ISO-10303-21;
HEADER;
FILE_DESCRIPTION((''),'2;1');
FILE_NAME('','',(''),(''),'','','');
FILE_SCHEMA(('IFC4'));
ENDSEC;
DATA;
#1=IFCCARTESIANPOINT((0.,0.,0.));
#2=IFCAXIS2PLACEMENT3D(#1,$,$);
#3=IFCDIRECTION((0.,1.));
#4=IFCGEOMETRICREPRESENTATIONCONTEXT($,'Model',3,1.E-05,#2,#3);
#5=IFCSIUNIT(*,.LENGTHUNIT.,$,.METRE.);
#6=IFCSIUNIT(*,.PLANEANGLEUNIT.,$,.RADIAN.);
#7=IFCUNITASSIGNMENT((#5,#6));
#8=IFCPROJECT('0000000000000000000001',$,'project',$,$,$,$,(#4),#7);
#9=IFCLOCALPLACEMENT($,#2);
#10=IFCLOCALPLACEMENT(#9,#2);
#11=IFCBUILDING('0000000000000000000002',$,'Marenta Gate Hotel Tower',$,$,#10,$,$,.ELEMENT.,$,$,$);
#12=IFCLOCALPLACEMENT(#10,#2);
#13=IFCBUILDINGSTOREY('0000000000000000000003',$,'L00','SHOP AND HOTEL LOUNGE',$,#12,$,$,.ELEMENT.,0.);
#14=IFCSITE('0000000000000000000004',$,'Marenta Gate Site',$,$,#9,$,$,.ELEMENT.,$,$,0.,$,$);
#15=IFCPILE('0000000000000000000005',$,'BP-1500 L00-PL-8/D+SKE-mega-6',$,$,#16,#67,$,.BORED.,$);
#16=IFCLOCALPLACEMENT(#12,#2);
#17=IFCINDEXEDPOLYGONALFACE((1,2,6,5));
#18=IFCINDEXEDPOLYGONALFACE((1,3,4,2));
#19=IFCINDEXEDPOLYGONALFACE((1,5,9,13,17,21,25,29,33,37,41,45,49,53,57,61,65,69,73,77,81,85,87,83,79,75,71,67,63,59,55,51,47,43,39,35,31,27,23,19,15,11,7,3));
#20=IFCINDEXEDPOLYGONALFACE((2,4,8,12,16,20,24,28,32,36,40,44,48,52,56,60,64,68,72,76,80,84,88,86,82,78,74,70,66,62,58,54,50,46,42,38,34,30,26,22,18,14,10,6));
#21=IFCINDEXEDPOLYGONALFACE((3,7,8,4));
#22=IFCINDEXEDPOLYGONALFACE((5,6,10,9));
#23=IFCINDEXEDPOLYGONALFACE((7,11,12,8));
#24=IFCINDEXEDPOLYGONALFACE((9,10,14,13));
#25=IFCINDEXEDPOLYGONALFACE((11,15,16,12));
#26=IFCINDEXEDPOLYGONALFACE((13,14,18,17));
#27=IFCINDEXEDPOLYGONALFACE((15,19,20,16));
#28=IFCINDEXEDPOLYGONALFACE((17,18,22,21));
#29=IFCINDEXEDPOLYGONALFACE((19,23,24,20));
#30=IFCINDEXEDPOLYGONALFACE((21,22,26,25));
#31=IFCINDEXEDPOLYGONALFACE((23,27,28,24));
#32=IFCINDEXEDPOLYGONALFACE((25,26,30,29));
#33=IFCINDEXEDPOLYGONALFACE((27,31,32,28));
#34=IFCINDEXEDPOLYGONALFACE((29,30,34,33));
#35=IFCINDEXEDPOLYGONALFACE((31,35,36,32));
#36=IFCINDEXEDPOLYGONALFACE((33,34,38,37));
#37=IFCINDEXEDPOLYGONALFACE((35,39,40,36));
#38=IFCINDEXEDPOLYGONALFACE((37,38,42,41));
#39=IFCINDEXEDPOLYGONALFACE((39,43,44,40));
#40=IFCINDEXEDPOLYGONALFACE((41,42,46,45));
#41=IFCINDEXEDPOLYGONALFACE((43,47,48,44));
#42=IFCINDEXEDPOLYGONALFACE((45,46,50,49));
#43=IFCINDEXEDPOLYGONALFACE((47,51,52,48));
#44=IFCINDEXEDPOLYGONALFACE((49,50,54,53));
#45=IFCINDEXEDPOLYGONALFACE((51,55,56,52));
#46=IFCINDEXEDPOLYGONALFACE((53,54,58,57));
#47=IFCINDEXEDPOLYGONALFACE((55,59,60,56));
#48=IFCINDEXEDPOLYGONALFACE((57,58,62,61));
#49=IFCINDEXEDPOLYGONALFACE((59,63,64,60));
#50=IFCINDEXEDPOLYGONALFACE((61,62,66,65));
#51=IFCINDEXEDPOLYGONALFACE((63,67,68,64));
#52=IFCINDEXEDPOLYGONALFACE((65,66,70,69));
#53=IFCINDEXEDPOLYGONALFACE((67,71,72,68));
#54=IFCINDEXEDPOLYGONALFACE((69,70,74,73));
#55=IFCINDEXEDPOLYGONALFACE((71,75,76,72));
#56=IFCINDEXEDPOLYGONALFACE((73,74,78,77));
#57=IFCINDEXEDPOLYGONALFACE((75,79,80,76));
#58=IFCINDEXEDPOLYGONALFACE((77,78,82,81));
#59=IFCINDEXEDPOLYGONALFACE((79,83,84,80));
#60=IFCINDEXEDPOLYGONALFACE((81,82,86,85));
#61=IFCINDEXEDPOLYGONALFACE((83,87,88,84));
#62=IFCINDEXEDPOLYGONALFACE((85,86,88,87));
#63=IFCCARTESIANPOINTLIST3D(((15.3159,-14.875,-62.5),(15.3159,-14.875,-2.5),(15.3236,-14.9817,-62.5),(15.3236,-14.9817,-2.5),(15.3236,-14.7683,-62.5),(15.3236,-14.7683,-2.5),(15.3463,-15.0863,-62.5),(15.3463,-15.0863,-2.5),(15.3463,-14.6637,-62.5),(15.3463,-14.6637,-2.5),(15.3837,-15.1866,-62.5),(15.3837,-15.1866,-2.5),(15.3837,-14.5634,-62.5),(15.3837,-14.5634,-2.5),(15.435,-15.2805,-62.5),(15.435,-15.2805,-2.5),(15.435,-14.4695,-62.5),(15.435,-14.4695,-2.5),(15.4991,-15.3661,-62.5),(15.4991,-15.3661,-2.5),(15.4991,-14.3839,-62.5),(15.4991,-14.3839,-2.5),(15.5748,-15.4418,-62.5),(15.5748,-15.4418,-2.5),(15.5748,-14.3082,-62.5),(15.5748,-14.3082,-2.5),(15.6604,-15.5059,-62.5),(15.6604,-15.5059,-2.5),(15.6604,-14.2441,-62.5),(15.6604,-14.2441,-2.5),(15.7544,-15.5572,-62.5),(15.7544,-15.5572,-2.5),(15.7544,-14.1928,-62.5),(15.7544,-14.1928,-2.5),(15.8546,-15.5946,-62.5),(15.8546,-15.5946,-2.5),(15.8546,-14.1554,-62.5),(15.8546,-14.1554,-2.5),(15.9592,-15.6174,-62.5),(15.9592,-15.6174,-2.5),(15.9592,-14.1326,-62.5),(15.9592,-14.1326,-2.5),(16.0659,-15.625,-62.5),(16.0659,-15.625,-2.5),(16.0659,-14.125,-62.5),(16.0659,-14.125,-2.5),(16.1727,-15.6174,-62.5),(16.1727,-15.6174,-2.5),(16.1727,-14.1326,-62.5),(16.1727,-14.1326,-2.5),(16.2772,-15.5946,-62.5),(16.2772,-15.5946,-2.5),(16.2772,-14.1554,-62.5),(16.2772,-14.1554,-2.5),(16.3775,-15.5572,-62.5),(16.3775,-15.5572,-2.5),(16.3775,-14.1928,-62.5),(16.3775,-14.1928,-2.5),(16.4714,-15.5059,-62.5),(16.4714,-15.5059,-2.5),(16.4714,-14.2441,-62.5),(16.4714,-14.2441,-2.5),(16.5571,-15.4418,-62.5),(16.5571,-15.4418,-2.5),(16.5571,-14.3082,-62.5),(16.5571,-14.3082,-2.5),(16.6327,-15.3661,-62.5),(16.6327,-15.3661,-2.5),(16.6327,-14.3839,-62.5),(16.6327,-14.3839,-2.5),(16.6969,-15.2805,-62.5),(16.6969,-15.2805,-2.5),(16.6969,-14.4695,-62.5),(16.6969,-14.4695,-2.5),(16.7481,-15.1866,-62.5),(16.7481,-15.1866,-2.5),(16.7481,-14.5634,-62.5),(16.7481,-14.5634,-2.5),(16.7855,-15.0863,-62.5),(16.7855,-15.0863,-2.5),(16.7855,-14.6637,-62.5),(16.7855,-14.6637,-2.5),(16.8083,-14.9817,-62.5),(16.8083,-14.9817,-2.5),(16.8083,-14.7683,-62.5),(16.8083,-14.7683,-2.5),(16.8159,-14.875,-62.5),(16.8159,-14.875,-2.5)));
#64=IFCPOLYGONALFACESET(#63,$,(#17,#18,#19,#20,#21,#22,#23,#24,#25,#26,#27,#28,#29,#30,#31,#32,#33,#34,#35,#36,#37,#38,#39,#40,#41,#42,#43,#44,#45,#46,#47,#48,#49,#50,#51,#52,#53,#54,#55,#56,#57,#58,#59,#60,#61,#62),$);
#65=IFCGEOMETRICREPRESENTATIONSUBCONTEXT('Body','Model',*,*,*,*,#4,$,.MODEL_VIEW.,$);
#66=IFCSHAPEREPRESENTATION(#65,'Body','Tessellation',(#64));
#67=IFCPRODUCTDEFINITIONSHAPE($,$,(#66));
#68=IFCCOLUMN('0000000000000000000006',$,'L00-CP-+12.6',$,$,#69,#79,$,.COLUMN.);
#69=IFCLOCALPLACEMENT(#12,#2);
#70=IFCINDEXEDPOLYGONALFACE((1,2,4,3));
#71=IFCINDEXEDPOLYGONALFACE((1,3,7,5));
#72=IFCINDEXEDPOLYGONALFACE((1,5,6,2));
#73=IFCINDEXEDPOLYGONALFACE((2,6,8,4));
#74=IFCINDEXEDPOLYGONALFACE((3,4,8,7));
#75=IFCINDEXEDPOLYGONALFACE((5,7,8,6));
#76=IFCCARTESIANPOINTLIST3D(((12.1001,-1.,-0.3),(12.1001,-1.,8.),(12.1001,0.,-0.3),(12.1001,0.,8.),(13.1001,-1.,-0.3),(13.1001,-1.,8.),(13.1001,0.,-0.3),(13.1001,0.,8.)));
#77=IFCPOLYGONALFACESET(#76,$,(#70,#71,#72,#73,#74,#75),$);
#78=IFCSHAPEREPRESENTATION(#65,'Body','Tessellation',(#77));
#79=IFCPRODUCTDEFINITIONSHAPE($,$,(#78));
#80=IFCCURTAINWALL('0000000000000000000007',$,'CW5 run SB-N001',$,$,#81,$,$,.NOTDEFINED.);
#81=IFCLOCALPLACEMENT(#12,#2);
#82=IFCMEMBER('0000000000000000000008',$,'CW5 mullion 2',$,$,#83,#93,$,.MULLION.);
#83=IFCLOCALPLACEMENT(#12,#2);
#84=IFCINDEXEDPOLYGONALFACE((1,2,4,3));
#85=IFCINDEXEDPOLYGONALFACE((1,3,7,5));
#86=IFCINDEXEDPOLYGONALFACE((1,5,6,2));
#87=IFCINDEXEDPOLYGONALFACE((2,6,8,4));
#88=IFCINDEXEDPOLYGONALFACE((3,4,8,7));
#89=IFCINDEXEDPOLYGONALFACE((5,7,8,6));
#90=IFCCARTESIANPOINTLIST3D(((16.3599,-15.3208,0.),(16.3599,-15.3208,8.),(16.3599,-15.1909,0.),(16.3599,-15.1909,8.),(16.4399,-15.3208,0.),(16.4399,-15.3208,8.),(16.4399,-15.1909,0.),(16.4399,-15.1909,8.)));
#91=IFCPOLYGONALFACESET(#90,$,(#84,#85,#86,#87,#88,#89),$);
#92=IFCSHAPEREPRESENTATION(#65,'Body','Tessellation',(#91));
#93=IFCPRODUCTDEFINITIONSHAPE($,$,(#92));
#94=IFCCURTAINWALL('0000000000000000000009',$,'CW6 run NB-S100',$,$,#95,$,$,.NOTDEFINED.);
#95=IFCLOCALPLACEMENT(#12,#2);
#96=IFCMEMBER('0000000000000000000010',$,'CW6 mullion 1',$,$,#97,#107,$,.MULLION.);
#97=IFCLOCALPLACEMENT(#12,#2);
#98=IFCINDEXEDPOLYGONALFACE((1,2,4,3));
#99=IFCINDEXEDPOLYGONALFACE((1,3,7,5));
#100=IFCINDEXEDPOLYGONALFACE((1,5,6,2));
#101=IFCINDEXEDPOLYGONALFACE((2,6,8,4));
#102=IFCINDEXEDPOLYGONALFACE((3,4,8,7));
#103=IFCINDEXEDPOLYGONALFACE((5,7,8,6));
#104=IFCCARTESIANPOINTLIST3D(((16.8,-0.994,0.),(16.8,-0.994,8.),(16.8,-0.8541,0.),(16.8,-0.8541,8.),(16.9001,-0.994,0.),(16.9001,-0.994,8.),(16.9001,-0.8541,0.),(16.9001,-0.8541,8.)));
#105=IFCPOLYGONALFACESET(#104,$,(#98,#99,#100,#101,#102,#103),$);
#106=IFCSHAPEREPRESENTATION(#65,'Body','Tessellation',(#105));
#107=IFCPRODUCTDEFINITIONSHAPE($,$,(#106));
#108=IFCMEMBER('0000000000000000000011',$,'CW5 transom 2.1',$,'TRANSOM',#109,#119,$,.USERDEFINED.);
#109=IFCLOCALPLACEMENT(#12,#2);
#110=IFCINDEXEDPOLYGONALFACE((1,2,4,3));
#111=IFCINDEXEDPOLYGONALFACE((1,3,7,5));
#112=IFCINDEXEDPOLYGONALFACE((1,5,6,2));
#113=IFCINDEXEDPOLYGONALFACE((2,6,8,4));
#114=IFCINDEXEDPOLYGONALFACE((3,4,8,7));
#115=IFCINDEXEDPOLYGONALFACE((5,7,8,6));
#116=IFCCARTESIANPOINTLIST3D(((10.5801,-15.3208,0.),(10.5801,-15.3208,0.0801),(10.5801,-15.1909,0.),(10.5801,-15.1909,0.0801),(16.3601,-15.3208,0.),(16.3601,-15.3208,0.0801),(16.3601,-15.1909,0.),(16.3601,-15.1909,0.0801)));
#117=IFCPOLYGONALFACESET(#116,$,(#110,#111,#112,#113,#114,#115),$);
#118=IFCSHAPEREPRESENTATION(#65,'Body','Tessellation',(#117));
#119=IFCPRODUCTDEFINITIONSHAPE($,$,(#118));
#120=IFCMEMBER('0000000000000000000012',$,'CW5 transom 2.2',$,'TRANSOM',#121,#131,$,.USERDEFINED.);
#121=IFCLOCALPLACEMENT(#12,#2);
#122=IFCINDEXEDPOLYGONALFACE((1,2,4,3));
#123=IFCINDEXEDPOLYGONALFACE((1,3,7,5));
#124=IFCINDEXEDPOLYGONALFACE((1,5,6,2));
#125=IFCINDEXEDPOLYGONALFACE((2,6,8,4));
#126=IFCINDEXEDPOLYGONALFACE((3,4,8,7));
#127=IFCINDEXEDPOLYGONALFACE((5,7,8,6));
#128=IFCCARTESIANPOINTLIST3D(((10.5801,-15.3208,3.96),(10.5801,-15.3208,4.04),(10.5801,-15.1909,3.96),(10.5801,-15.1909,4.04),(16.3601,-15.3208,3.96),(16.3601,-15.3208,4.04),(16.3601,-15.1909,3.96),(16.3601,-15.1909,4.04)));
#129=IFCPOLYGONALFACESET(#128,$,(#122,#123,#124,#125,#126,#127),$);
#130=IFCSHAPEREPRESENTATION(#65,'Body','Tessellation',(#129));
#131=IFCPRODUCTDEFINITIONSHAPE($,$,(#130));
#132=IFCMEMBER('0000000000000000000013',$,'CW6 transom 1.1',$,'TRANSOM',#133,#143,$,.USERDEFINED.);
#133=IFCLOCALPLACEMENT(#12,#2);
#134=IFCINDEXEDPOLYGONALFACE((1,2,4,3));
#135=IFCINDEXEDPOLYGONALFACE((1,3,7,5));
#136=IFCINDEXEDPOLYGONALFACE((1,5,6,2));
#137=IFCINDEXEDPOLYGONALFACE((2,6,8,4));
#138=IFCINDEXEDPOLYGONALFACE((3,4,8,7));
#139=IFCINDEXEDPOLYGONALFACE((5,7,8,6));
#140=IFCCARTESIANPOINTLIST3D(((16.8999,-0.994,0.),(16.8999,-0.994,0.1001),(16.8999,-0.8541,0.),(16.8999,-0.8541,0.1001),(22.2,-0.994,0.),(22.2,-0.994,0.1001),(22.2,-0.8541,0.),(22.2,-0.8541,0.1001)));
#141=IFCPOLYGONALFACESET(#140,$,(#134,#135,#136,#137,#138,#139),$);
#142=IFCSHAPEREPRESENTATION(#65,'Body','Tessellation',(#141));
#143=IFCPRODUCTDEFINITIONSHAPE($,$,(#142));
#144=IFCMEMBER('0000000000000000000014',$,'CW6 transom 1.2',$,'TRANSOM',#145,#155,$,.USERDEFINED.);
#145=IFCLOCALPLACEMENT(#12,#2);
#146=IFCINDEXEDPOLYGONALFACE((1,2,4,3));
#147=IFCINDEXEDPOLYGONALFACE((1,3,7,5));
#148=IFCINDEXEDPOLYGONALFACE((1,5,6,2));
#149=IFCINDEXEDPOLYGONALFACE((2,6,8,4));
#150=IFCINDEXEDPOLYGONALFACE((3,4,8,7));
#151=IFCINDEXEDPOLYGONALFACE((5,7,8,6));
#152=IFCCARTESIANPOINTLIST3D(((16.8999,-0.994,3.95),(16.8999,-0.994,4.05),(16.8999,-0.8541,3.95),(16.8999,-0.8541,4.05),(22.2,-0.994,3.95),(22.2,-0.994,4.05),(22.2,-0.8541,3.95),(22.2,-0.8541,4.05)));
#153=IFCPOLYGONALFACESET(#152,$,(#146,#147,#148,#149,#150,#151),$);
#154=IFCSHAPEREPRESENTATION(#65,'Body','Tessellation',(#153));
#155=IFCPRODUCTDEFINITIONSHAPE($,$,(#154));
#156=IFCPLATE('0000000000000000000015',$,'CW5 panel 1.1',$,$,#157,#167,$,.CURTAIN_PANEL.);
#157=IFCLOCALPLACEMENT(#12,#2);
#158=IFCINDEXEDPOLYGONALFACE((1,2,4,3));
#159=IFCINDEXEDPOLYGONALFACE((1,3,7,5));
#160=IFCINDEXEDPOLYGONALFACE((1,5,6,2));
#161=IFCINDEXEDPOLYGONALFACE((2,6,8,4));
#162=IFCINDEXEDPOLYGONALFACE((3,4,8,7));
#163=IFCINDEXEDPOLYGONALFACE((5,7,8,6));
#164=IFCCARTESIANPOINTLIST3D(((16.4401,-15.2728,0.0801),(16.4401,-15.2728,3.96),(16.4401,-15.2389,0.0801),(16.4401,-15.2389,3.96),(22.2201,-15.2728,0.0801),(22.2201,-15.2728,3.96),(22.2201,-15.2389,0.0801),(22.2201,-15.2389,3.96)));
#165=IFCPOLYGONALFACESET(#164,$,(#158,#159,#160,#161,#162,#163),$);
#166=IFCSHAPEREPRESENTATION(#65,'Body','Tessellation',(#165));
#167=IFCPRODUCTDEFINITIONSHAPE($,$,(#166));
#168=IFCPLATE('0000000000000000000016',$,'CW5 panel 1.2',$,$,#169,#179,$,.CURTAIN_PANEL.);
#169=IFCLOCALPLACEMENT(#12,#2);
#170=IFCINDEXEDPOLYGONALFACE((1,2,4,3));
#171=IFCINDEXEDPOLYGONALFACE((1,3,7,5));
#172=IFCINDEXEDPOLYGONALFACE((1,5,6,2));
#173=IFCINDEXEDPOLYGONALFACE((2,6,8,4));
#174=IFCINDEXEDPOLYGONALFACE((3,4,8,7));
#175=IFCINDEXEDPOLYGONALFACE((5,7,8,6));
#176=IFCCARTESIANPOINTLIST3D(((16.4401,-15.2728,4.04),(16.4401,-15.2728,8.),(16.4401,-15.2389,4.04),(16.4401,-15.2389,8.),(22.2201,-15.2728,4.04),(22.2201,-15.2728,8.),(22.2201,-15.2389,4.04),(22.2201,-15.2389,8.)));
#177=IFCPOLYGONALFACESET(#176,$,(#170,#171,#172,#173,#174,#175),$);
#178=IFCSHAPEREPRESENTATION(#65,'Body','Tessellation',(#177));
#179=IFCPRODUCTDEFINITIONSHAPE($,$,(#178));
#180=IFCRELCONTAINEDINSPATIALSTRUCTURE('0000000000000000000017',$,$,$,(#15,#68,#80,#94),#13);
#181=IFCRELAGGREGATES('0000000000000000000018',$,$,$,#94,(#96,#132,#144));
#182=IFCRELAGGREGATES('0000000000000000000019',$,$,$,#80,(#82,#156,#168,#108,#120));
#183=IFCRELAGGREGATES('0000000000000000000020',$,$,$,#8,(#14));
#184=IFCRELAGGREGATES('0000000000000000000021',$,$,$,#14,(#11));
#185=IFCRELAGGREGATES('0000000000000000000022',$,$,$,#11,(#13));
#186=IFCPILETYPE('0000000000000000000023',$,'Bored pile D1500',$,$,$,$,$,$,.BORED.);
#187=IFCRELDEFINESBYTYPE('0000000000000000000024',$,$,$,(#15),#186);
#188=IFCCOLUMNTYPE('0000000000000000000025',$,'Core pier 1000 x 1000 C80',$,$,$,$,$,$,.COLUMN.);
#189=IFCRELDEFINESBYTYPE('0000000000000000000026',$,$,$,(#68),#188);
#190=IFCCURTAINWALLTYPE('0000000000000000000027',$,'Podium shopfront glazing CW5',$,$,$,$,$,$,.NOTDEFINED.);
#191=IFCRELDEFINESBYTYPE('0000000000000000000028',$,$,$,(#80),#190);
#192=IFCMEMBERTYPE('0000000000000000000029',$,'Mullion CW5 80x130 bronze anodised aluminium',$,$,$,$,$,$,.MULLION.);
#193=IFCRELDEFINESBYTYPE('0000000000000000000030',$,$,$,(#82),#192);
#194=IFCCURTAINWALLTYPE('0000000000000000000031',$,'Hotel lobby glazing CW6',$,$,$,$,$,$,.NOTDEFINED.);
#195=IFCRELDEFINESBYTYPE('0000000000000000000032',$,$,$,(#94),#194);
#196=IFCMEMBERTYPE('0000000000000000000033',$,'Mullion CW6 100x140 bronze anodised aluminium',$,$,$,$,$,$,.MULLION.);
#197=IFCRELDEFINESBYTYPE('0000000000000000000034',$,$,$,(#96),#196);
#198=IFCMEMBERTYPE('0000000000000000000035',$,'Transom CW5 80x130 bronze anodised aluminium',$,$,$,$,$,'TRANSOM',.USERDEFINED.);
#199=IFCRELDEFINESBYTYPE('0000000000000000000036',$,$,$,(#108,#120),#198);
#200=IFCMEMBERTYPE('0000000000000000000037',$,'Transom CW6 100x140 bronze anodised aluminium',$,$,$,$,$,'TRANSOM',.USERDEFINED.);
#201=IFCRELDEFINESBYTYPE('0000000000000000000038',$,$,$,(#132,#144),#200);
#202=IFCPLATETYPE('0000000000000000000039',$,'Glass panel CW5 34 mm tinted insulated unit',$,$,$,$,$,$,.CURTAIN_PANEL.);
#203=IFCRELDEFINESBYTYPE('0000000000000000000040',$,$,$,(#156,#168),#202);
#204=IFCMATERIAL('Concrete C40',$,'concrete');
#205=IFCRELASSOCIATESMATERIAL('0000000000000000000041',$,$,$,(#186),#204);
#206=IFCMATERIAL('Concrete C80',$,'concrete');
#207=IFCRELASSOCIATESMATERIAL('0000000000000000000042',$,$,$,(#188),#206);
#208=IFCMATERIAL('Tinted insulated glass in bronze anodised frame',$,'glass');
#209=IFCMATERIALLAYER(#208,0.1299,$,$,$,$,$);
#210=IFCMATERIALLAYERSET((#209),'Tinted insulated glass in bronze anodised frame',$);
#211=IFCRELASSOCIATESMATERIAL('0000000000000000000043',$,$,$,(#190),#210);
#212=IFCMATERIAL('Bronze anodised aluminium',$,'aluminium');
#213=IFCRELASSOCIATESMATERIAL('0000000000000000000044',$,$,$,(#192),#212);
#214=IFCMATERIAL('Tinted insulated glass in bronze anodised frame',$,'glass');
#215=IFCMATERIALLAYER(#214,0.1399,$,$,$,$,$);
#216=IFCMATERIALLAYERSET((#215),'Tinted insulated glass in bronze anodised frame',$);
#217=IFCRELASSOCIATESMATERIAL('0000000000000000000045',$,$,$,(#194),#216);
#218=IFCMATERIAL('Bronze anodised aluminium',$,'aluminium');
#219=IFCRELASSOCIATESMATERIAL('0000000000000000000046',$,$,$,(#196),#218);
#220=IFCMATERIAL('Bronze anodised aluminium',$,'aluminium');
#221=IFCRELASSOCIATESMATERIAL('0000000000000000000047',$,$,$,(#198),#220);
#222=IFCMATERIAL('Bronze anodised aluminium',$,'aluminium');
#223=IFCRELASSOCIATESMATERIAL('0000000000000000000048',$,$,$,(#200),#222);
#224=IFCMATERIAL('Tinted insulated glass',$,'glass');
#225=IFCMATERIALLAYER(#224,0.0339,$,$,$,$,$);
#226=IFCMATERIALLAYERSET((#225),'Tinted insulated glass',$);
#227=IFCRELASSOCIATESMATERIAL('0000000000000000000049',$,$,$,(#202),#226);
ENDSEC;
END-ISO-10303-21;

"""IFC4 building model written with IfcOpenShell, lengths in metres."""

from ifc_helpers import new_model, si_unit, direction, frame, origin, origin_2d, place, context, subcontext, project, spatial, rectangle, circle, extrude, material, layer, layer_set, material_profile, profile_set, type_object, element, aggregate, save


model = new_model("IFC4")

# Units and contexts
model_context = context("Model", 3, precision=1e-05, world=origin(), true_north=direction((0.0, 1.0)))
body_context = subcontext(model_context, "Body", "Model", "MODEL_VIEW")
ifc_project = project(units=[si_unit("LENGTHUNIT", "METRE"), si_unit("PLANEANGLEUNIT", "RADIAN")], contexts=[model_context])

# Site, building, storey
site_placement = place(None, origin())
site = spatial("IfcSite", under=ifc_project, at=site_placement, Name="Marenta Gate Site", CompositionType="ELEMENT", RefElevation=0.0)
building_placement = place(site_placement, origin())
building = spatial("IfcBuilding", under=site, at=building_placement, Name="Marenta Gate Hotel Tower", CompositionType="ELEMENT")
storey_placement = place(building_placement, origin())
storey = spatial("IfcBuildingStorey", under=building, at=storey_placement, Name="L00", Description="SHOP AND HOTEL LOUNGE", CompositionType="ELEMENT", Elevation=0.0)

# Pile
ifc_material_1 = material(Name="Concrete C40", Category="concrete")
pile_type = type_object("IfcPileType", Name="Bored pile D1500", PredefinedType="BORED", material=ifc_material_1)
for number, where, z_axis, x_axis, name in (
    (1, (16.0659, -14.875, -2.5), (0.0, 0.0, -1.0), (1.0, 0.0, 0.0), "BP-1500 L00-PL-8/D+SKE-mega-6"),
):
    element("IfcPile", number, at=place(storey_placement, frame(where, z_axis=z_axis, x_axis=x_axis)), inside=storey, type_object=pile_type, Name=name, PredefinedType="BORED", context=body_context, shape_type="SweptSolid", body=[
        extrude(circle(Radius=0.75, at=origin_2d()), origin(), (0.0, 0.0, 1.0), 60.0),
    ])

# Column
ifc_material_2 = material(Name="Concrete C80", Category="concrete")
ifc_material_profile_1 = material_profile(ifc_material_2, rectangle(XDim=1.0, YDim=1.0, at=origin_2d()), Name="1000 x 1000")
ifc_profile_set_1 = profile_set([ifc_material_profile_1], Name="Concrete C80")
column_type = type_object("IfcColumnType", Name="Core pier 1000 x 1000 C80", PredefinedType="COLUMN", material=ifc_profile_set_1)
column_placement = place(storey_placement, frame((12.6001, -0.5, -0.3), z_axis=(0.0, 0.0, 1.0), x_axis=(1.0, 0.0, 0.0)))
element("IfcColumn", 2, at=column_placement, inside=storey, type_object=column_type, Name="L00-CP-+12.6", PredefinedType="COLUMN", context=body_context, shape_type="SweptSolid", body=[
    extrude(rectangle(XDim=1.0, YDim=1.0, at=origin_2d()), origin(), (0.0, 0.0, 1.0), 8.3),
])

# Curtain walls, members
ifc_material_3 = material(Name="Tinted insulated glass in bronze anodised frame", Category="glass")
ifc_layer_1 = layer(ifc_material_3, 0.1299)
ifc_layer_set_1 = layer_set([ifc_layer_1], Name="Tinted insulated glass in bronze anodised frame")
curtain_wall_type_1 = type_object("IfcCurtainWallType", Name="Podium shopfront glazing CW5", PredefinedType="NOTDEFINED", material=ifc_layer_set_1)
curtain_wall_1_placement = place(storey_placement, origin())
curtain_wall_1 = element("IfcCurtainWall", 3, at=curtain_wall_1_placement, inside=storey, type_object=curtain_wall_type_1, Name="CW5 run SB-N001", PredefinedType="NOTDEFINED")
ifc_material_4 = material(Name="Bronze anodised aluminium", Category="aluminium")
ifc_material_profile_2 = material_profile(ifc_material_4, rectangle(XDim=0.1299, YDim=0.0801, at=origin_2d()), Name="Mullion CW5 80x130 bronze anodised aluminium")
ifc_profile_set_2 = profile_set([ifc_material_profile_2], Name="Bronze anodised aluminium")
member_type_1 = type_object("IfcMemberType", Name="Mullion CW5 80x130 bronze anodised aluminium", PredefinedType="MULLION", material=ifc_profile_set_2)
member_1_placement = place(storey_placement, frame((16.3999, -15.2559, 0.0), z_axis=(0.0, 0.0, 1.0), x_axis=(0.0, -1.0, 0.0)))
member_1 = element("IfcMember", 4, at=member_1_placement, type_object=member_type_1, Name="CW5 mullion 2", PredefinedType="MULLION", context=body_context, shape_type="SweptSolid", body=[
    extrude(rectangle(XDim=0.1299, YDim=0.0801, at=origin_2d()), origin(), (0.0, 0.0, 1.0), 8.0),
])
ifc_material_5 = material(Name="Tinted insulated glass in bronze anodised frame", Category="glass")
ifc_layer_2 = layer(ifc_material_5, 0.1399)
ifc_layer_set_2 = layer_set([ifc_layer_2], Name="Tinted insulated glass in bronze anodised frame")
curtain_wall_type_2 = type_object("IfcCurtainWallType", Name="Hotel lobby glazing CW6", PredefinedType="NOTDEFINED", material=ifc_layer_set_2)
curtain_wall_2_placement = place(storey_placement, origin())
curtain_wall_2 = element("IfcCurtainWall", 5, at=curtain_wall_2_placement, inside=storey, type_object=curtain_wall_type_2, Name="CW6 run NB-S100", PredefinedType="NOTDEFINED")
ifc_material_6 = material(Name="Bronze anodised aluminium", Category="aluminium")
ifc_material_profile_3 = material_profile(ifc_material_6, rectangle(XDim=0.1399, YDim=0.1001, at=origin_2d()), Name="Mullion CW6 100x140 bronze anodised aluminium")
ifc_profile_set_3 = profile_set([ifc_material_profile_3], Name="Bronze anodised aluminium")
member_type_2 = type_object("IfcMemberType", Name="Mullion CW6 100x140 bronze anodised aluminium", PredefinedType="MULLION", material=ifc_profile_set_3)
member_2_placement = place(storey_placement, frame((16.8501, -0.9241, 0.0), z_axis=(0.0, 0.0, 1.0), x_axis=(0.0, 1.0, 0.0)))
member_2 = element("IfcMember", 6, at=member_2_placement, type_object=member_type_2, Name="CW6 mullion 1", PredefinedType="MULLION", context=body_context, shape_type="SweptSolid", body=[
    extrude(rectangle(XDim=0.1399, YDim=0.1001, at=origin_2d()), origin(), (0.0, 0.0, 1.0), 8.0),
])

# Members
ifc_material_7 = material(Name="Bronze anodised aluminium", Category="aluminium")
ifc_material_profile_4 = material_profile(ifc_material_7, rectangle(XDim=0.1299, YDim=0.0801, at=origin_2d()), Name="Transom CW5 80x130 bronze anodised aluminium")
ifc_profile_set_4 = profile_set([ifc_material_profile_4], Name="Bronze anodised aluminium")
member_type_3 = type_object("IfcMemberType", Name="Transom CW5 80x130 bronze anodised aluminium", ElementType="TRANSOM", PredefinedType="USERDEFINED", material=ifc_profile_set_4)
member_3_placement = place(storey_placement, frame((16.3601, -15.2559, 0.04), z_axis=(-1.0, 0.0, 0.0), x_axis=(0.0, -1.0, 0.0)))
member_3 = element("IfcMember", 7, at=member_3_placement, type_object=member_type_3, Name="CW5 transom 2.1", ObjectType="TRANSOM", PredefinedType="USERDEFINED", context=body_context, shape_type="SweptSolid", body=[
    extrude(rectangle(XDim=0.1299, YDim=0.0801, at=origin_2d()), origin(), (0.0, 0.0, 1.0), 5.78),
])
member_4_placement = place(storey_placement, frame((16.3601, -15.2559, 4.0), z_axis=(-1.0, 0.0, 0.0), x_axis=(0.0, -1.0, 0.0)))
member_4 = element("IfcMember", 8, at=member_4_placement, type_object=member_type_3, Name="CW5 transom 2.2", ObjectType="TRANSOM", PredefinedType="USERDEFINED", context=body_context, shape_type="SweptSolid", body=[
    extrude(rectangle(XDim=0.1299, YDim=0.0801, at=origin_2d()), origin(), (0.0, 0.0, 1.0), 5.78),
])
ifc_material_8 = material(Name="Bronze anodised aluminium", Category="aluminium")
ifc_material_profile_5 = material_profile(ifc_material_8, rectangle(XDim=0.1399, YDim=0.1001, at=origin_2d()), Name="Transom CW6 100x140 bronze anodised aluminium")
ifc_profile_set_5 = profile_set([ifc_material_profile_5], Name="Bronze anodised aluminium")
member_type_4 = type_object("IfcMemberType", Name="Transom CW6 100x140 bronze anodised aluminium", ElementType="TRANSOM", PredefinedType="USERDEFINED", material=ifc_profile_set_5)
member_5_placement = place(storey_placement, frame((16.8999, -0.9241, 0.05), z_axis=(1.0, 0.0, 0.0), x_axis=(0.0, 1.0, 0.0)))
member_5 = element("IfcMember", 9, at=member_5_placement, type_object=member_type_4, Name="CW6 transom 1.1", ObjectType="TRANSOM", PredefinedType="USERDEFINED", context=body_context, shape_type="SweptSolid", body=[
    extrude(rectangle(XDim=0.1399, YDim=0.1001, at=origin_2d()), origin(), (0.0, 0.0, 1.0), 5.3),
])
member_6_placement = place(storey_placement, frame((16.8999, -0.9241, 4.0), z_axis=(1.0, 0.0, 0.0), x_axis=(0.0, 1.0, 0.0)))
member_6 = element("IfcMember", 10, at=member_6_placement, type_object=member_type_4, Name="CW6 transom 1.2", ObjectType="TRANSOM", PredefinedType="USERDEFINED", context=body_context, shape_type="SweptSolid", body=[
    extrude(rectangle(XDim=0.1399, YDim=0.1001, at=origin_2d()), origin(), (0.0, 0.0, 1.0), 5.3),
])
aggregate(curtain_wall_2, [member_2, member_5, member_6])

# Plates
ifc_material_9 = material(Name="Tinted insulated glass", Category="glass")
ifc_layer_3 = layer(ifc_material_9, 0.0339)
ifc_layer_set_3 = layer_set([ifc_layer_3], Name="Tinted insulated glass")
plate_type = type_object("IfcPlateType", Name="Glass panel CW5 34 mm tinted insulated unit", PredefinedType="CURTAIN_PANEL", material=ifc_layer_set_3)
plate_1_placement = place(storey_placement, frame((19.3301, -15.2559, 0.0801), z_axis=(0.0, 0.0, 1.0), x_axis=(-1.0, 0.0, 0.0)))
plate_1 = element("IfcPlate", 11, at=plate_1_placement, type_object=plate_type, Name="CW5 panel 1.1", PredefinedType="CURTAIN_PANEL", context=body_context, shape_type="SweptSolid", body=[
    extrude(rectangle(XDim=5.78, YDim=0.0339, at=origin_2d()), origin(), (0.0, 0.0, 1.0), 3.8799),
])
plate_2_placement = place(storey_placement, frame((19.3301, -15.2559, 4.04), z_axis=(0.0, 0.0, 1.0), x_axis=(-1.0, 0.0, 0.0)))
plate_2 = element("IfcPlate", 12, at=plate_2_placement, type_object=plate_type, Name="CW5 panel 1.2", PredefinedType="CURTAIN_PANEL", context=body_context, shape_type="SweptSolid", body=[
    extrude(rectangle(XDim=5.78, YDim=0.0339, at=origin_2d()), origin(), (0.0, 0.0, 1.0), 3.96),
])
aggregate(curtain_wall_1, [member_1, plate_1, plate_2, member_3, member_4])

save(model, "model.ifc")
